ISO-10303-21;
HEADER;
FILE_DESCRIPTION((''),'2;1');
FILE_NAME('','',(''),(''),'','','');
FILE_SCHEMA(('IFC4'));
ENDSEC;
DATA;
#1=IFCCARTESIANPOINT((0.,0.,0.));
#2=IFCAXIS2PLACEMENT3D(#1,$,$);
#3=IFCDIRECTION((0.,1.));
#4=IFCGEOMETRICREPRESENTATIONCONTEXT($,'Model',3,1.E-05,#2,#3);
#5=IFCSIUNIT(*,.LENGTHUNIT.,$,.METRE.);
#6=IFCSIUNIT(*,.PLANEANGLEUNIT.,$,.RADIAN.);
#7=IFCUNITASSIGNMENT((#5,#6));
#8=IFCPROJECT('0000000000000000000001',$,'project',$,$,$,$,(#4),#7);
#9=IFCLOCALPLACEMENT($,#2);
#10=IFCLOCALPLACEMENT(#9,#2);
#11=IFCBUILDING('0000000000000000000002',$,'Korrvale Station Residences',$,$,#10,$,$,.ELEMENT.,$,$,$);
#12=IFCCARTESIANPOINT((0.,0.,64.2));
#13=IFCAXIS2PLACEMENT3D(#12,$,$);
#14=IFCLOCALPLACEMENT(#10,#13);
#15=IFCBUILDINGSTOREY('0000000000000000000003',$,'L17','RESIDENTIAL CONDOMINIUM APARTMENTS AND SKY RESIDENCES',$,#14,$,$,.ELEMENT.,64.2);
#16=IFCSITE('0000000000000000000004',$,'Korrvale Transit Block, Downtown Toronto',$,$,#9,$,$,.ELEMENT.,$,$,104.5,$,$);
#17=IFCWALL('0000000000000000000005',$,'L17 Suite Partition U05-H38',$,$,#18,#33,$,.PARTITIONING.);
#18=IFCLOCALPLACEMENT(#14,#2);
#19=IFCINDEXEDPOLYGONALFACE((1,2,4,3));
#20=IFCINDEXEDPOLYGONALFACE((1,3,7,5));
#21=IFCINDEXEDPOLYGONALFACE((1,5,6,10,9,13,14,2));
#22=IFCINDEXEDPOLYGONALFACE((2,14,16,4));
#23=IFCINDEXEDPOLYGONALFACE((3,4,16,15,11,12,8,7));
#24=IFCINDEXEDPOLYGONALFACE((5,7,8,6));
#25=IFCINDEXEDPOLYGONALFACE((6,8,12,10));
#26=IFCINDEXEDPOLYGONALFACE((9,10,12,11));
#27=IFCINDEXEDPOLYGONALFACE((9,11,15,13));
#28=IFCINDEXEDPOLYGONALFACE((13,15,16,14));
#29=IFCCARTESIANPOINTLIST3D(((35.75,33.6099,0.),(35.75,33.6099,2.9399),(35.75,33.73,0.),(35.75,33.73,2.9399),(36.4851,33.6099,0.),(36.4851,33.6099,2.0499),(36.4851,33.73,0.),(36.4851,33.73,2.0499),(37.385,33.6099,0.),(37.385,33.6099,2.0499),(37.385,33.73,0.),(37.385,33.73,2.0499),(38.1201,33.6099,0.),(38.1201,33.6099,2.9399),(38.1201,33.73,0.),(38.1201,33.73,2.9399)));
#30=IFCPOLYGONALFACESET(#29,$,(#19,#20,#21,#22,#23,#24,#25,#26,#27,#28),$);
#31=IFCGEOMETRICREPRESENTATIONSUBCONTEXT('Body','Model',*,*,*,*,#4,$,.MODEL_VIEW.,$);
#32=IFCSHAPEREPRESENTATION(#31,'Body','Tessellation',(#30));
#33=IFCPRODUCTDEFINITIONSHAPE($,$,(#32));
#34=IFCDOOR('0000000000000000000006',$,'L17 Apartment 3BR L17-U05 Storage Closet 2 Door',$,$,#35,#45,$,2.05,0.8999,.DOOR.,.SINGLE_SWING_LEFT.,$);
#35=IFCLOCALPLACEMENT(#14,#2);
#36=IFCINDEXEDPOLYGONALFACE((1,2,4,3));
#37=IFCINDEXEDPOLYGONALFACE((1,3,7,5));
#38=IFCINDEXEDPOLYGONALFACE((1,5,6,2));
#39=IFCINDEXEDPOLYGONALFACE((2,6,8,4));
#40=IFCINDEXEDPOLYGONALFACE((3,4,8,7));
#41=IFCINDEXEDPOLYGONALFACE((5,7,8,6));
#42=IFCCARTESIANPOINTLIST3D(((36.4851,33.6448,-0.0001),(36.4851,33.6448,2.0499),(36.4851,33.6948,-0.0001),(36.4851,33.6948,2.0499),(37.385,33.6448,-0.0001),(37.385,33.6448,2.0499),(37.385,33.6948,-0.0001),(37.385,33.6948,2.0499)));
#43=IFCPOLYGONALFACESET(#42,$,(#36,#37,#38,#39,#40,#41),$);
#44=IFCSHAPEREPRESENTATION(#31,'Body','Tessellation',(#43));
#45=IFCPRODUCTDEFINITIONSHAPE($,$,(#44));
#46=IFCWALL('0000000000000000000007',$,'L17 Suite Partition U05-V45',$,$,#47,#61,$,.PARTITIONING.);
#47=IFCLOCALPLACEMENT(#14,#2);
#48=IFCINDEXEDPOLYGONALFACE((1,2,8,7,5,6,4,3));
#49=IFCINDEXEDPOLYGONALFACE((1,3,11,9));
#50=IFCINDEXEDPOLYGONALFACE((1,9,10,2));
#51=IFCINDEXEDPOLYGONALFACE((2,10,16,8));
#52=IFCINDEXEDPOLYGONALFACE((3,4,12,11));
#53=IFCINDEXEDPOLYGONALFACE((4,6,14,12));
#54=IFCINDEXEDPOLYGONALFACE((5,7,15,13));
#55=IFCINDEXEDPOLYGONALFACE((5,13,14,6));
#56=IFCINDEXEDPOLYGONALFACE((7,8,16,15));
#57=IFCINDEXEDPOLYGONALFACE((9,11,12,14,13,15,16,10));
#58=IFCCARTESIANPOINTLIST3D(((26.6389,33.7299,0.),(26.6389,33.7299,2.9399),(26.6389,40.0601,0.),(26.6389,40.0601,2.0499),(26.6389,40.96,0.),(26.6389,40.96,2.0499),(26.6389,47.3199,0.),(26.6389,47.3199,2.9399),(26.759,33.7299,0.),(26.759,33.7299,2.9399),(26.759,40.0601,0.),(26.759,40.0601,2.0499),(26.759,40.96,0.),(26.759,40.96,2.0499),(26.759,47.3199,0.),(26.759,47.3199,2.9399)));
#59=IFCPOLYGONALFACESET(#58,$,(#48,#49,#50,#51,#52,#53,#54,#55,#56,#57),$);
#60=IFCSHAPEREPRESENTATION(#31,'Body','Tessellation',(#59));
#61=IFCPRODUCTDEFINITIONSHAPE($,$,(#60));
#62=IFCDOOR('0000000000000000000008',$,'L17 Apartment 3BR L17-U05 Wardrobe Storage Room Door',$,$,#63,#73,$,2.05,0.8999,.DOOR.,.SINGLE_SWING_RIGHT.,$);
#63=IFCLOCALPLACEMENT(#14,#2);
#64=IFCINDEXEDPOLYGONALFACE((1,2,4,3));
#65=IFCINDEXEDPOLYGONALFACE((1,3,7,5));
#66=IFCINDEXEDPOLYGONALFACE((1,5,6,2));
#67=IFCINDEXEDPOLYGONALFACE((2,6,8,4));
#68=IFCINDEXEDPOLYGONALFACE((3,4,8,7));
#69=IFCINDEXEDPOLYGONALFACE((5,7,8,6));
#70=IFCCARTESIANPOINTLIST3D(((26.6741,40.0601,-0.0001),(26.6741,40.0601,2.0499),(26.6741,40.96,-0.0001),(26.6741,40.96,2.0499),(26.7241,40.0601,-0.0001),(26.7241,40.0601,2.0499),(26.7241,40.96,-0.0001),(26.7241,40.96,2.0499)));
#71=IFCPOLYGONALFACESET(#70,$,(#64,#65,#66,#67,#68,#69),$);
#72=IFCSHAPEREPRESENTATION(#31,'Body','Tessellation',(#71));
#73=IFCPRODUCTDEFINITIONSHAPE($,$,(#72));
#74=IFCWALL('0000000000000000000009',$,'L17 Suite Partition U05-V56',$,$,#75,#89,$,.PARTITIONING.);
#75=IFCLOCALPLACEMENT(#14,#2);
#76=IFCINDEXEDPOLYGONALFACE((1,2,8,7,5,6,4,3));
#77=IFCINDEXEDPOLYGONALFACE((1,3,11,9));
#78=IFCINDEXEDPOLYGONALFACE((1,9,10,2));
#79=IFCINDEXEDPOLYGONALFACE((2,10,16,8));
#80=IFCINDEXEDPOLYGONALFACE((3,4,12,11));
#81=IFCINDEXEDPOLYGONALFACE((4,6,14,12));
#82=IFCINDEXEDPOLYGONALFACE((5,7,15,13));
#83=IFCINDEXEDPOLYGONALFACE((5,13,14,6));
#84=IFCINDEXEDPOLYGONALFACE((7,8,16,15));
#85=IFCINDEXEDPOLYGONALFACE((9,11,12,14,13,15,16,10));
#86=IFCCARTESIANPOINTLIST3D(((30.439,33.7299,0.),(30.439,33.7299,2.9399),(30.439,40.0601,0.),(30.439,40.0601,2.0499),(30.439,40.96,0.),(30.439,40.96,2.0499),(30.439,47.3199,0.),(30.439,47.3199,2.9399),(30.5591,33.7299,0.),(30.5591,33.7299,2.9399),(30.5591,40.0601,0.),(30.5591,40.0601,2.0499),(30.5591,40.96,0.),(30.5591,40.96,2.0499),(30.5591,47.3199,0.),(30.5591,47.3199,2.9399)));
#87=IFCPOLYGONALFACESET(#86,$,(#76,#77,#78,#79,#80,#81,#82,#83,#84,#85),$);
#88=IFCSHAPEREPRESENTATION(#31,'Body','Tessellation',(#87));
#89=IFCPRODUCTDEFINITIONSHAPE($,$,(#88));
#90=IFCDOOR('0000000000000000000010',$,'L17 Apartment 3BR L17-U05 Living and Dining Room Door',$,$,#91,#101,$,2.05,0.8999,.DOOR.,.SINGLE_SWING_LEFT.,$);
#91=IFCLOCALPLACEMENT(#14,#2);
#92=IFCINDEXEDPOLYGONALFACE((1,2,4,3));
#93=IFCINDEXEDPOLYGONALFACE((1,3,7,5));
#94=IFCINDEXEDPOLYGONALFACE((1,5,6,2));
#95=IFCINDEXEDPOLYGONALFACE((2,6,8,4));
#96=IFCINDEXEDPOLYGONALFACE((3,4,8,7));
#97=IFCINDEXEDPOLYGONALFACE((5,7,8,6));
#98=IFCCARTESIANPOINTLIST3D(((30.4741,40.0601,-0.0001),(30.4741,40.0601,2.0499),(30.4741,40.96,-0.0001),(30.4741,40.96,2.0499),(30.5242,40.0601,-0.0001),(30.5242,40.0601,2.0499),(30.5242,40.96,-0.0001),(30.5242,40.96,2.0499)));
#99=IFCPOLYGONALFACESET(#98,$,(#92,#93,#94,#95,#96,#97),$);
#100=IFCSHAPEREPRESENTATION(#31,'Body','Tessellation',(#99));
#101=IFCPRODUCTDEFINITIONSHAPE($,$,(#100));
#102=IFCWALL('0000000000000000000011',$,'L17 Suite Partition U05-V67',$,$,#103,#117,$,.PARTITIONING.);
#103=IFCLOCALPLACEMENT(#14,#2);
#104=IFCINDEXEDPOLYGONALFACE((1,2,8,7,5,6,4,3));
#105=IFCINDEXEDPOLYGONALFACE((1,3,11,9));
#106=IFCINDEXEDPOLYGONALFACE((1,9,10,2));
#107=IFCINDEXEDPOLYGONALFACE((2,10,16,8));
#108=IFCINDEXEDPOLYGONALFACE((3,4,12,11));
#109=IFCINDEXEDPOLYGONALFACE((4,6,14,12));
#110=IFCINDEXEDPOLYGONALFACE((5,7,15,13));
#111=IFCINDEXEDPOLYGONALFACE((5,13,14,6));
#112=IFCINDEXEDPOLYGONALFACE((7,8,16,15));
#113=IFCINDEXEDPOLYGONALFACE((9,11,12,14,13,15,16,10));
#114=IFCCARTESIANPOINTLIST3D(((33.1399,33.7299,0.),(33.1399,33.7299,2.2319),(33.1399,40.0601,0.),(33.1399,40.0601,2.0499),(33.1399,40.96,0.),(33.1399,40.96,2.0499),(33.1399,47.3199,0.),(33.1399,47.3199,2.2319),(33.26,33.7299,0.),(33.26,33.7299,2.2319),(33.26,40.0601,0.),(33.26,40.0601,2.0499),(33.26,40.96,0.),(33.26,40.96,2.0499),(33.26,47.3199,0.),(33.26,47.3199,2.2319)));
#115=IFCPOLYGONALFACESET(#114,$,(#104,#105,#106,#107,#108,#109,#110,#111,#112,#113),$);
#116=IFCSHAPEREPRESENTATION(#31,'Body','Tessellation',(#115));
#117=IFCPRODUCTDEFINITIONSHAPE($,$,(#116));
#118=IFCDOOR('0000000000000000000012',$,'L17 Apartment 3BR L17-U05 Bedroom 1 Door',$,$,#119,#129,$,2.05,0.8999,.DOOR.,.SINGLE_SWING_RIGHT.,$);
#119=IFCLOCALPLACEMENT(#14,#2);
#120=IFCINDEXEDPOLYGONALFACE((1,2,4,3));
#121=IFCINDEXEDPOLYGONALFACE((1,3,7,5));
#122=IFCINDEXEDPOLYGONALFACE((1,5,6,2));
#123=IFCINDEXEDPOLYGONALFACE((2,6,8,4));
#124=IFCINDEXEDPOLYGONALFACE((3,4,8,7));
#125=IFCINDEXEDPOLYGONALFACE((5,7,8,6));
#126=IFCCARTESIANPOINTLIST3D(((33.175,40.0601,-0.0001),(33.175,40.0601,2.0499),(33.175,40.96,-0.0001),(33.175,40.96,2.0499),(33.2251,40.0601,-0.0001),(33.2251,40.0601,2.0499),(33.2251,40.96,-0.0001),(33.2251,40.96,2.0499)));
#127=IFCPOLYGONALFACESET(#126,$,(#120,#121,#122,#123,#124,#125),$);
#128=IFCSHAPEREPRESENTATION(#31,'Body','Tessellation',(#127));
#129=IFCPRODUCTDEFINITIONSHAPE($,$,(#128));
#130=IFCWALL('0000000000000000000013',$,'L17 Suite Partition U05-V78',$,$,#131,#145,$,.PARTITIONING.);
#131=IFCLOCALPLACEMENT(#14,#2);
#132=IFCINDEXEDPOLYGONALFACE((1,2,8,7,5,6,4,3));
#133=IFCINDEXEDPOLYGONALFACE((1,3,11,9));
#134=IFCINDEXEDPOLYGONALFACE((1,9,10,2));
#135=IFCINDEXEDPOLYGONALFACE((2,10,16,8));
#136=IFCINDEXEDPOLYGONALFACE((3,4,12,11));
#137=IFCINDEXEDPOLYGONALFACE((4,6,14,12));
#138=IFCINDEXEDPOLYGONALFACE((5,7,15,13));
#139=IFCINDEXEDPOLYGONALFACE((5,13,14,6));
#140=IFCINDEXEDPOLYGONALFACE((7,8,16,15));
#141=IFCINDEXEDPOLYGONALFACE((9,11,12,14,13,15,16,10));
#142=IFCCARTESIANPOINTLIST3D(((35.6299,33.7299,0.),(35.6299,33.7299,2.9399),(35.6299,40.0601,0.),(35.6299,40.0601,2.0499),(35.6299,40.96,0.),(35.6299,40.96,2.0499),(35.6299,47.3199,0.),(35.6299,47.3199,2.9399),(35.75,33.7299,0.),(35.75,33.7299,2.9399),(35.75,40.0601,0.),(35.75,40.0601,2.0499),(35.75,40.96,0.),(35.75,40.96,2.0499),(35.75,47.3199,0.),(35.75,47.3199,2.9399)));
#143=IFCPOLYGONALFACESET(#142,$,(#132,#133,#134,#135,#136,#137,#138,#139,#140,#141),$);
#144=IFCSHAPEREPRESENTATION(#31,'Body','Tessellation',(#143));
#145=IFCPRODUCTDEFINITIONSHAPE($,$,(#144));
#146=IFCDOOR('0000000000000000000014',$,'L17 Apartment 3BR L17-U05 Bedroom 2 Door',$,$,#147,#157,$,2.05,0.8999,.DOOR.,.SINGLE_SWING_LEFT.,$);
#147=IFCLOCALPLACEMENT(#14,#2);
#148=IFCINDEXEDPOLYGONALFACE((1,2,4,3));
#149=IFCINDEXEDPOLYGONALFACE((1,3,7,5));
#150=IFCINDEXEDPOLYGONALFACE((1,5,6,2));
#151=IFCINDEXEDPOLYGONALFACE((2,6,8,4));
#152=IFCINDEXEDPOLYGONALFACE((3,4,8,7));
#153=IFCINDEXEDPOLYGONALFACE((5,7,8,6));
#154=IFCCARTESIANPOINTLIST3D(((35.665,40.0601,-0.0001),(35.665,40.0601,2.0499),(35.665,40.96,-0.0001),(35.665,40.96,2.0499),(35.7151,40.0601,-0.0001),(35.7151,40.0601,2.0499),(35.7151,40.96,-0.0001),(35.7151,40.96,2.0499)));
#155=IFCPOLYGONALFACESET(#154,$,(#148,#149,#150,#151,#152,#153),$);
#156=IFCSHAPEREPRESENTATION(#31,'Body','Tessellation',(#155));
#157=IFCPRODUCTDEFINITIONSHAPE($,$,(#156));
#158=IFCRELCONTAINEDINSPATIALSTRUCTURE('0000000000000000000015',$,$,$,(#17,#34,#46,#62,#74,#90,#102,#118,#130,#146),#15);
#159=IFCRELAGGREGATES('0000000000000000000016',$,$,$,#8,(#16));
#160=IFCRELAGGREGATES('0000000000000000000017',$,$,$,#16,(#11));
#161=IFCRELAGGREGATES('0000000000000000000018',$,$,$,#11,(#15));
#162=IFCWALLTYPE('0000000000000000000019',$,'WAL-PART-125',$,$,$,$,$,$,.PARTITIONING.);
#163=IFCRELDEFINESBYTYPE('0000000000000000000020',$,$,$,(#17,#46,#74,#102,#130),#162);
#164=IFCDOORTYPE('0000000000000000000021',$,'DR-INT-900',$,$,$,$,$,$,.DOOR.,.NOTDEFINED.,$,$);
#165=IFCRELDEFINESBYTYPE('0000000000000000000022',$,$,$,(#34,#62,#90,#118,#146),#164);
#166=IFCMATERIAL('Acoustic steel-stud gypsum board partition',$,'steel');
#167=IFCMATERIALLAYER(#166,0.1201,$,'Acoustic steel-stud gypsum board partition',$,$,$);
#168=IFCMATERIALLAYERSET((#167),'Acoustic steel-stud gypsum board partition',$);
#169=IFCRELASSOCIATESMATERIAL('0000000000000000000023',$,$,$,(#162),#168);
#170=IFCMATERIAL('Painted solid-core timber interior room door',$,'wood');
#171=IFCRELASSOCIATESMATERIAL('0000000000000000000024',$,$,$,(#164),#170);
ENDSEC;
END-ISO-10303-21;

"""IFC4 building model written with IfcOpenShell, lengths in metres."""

from ifc_helpers import new_model, si_unit, direction, frame, frame_2d, origin, place, context, subcontext, project, spatial, rectangle, extrude, material, layer, layer_set, type_object, element, fill, save


model = new_model("IFC4")

# Units and contexts
model_context = context("Model", 3, precision=1e-05, world=origin(), true_north=direction((0.0, 1.0)))
body_context = subcontext(model_context, "Body", "Model", "MODEL_VIEW")
ifc_project = project(units=[si_unit("LENGTHUNIT", "METRE"), si_unit("PLANEANGLEUNIT", "RADIAN")], contexts=[model_context])

# Site, building, storey
site_placement = place(None, origin())
site = spatial("IfcSite", under=ifc_project, at=site_placement, Name="Korrvale Transit Block, Downtown Toronto", CompositionType="ELEMENT", RefElevation=104.5)
building_placement = place(site_placement, origin())
building = spatial("IfcBuilding", under=site, at=building_placement, Name="Korrvale Station Residences", CompositionType="ELEMENT")
storey_placement = place(building_placement, frame((0.0, 0.0, 64.2)))
storey = spatial("IfcBuildingStorey", under=building, at=storey_placement, Name="L17", Description="RESIDENTIAL CONDOMINIUM APARTMENTS AND SKY RESIDENCES", CompositionType="ELEMENT", Elevation=64.2)

# Shared definitions
ifc_material_1 = material(Name="Acoustic steel-stud gypsum board partition", Category="steel")
ifc_layer = layer(ifc_material_1, 0.1201, Name="Acoustic steel-stud gypsum board partition")
ifc_layer_set = layer_set([ifc_layer], Name="Acoustic steel-stud gypsum board partition")
wall_type = type_object("IfcWallType", Name="WAL-PART-125", PredefinedType="PARTITIONING", material=ifc_layer_set)
ifc_material_2 = material(Name="Painted solid-core timber interior room door", Category="wood")
door_type = type_object("IfcDoorType", Name="DR-INT-900", OperationType="NOTDEFINED", PredefinedType="DOOR", material=ifc_material_2)

# Walls, openings, doors
wall_1_placement = place(storey_placement, frame((35.75, 33.6699, 0.0), z_axis=(0.0, 0.0, 1.0), x_axis=(1.0, 0.0, 0.0)))
wall_1 = element("IfcWall", 1, at=wall_1_placement, inside=storey, type_object=wall_type, Name="L17 Suite Partition U05-H38", PredefinedType="PARTITIONING", context=body_context, shape_type="SweptSolid", body=[
    extrude(rectangle(XDim=2.3701, YDim=0.1201, at=frame_2d((1.1851, 0.0))), origin(), (0.0, 0.0, 1.0), 2.9399),
])
opening_1_placement = place(wall_1_placement, frame((0.7351, 0.0, 0.0)))
opening_1 = element("IfcOpeningElement", 2, at=opening_1_placement, cuts=wall_1, PredefinedType="OPENING", context=body_context, shape_type="SweptSolid", body=[
    extrude(rectangle(XDim=0.8999, YDim=2.05, at=frame_2d((0.45, 1.0249))), frame((0.0, 0.0701, 0.0), z_axis=(0.0, -1.0, 0.0), x_axis=(1.0, 0.0, 0.0)), (0.0, 0.0, 1.0), 0.1401),
])
door_1_placement = place(opening_1_placement, origin())
door_1 = element("IfcDoor", 3, at=door_1_placement, inside=storey, type_object=door_type, Name="L17 Apartment 3BR L17-U05 Storage Closet 2 Door", OperationType="SINGLE_SWING_LEFT", OverallHeight=2.05, OverallWidth=0.8999, PredefinedType="DOOR", context=body_context, shape_type="SweptSolid", body=[
    extrude(rectangle(XDim=0.8999, YDim=2.05, at=frame_2d((0.45, 1.0249))), frame((0.0, 0.0249, 0.0), z_axis=(0.0, -1.0, 0.0), x_axis=(1.0, 0.0, 0.0)), (0.0, 0.0, 1.0), 0.05),
])
fill(opening_1, door_1)
wall_2_placement = place(storey_placement, frame((26.699, 33.73, 0.0), z_axis=(0.0, 0.0, 1.0), x_axis=(0.0, 1.0, 0.0)))
wall_2 = element("IfcWall", 4, at=wall_2_placement, inside=storey, type_object=wall_type, Name="L17 Suite Partition U05-V45", PredefinedType="PARTITIONING", context=body_context, shape_type="SweptSolid", body=[
    extrude(rectangle(XDim=13.5901, YDim=0.1201, at=frame_2d((6.7949, 0.0))), origin(), (0.0, 0.0, 1.0), 2.9399),
])
opening_2_placement = place(wall_2_placement, frame((6.3301, 0.0, 0.0)))
opening_2 = element("IfcOpeningElement", 5, at=opening_2_placement, cuts=wall_2, PredefinedType="OPENING", context=body_context, shape_type="SweptSolid", body=[
    extrude(rectangle(XDim=0.8999, YDim=2.05, at=frame_2d((0.45, 1.0249))), frame((0.0, 0.0701, 0.0), z_axis=(0.0, -1.0, 0.0), x_axis=(1.0, 0.0, 0.0)), (0.0, 0.0, 1.0), 0.1401),
])
door_2_placement = place(opening_2_placement, origin())
door_2 = element("IfcDoor", 6, at=door_2_placement, inside=storey, type_object=door_type, Name="L17 Apartment 3BR L17-U05 Wardrobe Storage Room Door", OperationType="SINGLE_SWING_RIGHT", OverallHeight=2.05, OverallWidth=0.8999, PredefinedType="DOOR", context=body_context, shape_type="SweptSolid", body=[
    extrude(rectangle(XDim=0.8999, YDim=2.05, at=frame_2d((0.45, 1.0249))), frame((0.0, 0.0249, 0.0), z_axis=(0.0, -1.0, 0.0), x_axis=(1.0, 0.0, 0.0)), (0.0, 0.0, 1.0), 0.05),
])
fill(opening_2, door_2)
wall_3_placement = place(storey_placement, frame((30.499, 33.73, 0.0), z_axis=(0.0, 0.0, 1.0), x_axis=(0.0, 1.0, 0.0)))
wall_3 = element("IfcWall", 7, at=wall_3_placement, inside=storey, type_object=wall_type, Name="L17 Suite Partition U05-V56", PredefinedType="PARTITIONING", context=body_context, shape_type="SweptSolid", body=[
    extrude(rectangle(XDim=13.5901, YDim=0.1201, at=frame_2d((6.7949, 0.0))), origin(), (0.0, 0.0, 1.0), 2.9399),
])
opening_3_placement = place(wall_3_placement, frame((6.3301, 0.0, 0.0)))
opening_3 = element("IfcOpeningElement", 8, at=opening_3_placement, cuts=wall_3, PredefinedType="OPENING", context=body_context, shape_type="SweptSolid", body=[
    extrude(rectangle(XDim=0.8999, YDim=2.05, at=frame_2d((0.45, 1.0249))), frame((0.0, 0.0701, 0.0), z_axis=(0.0, -1.0, 0.0), x_axis=(1.0, 0.0, 0.0)), (0.0, 0.0, 1.0), 0.1401),
])
door_3_placement = place(opening_3_placement, origin())
door_3 = element("IfcDoor", 9, at=door_3_placement, inside=storey, type_object=door_type, Name="L17 Apartment 3BR L17-U05 Living and Dining Room Door", OperationType="SINGLE_SWING_LEFT", OverallHeight=2.05, OverallWidth=0.8999, PredefinedType="DOOR", context=body_context, shape_type="SweptSolid", body=[
    extrude(rectangle(XDim=0.8999, YDim=2.05, at=frame_2d((0.45, 1.0249))), frame((0.0, 0.0249, 0.0), z_axis=(0.0, -1.0, 0.0), x_axis=(1.0, 0.0, 0.0)), (0.0, 0.0, 1.0), 0.05),
])
fill(opening_3, door_3)
wall_4_placement = place(storey_placement, frame((33.2, 33.73, 0.0), z_axis=(0.0, 0.0, 1.0), x_axis=(0.0, 1.0, 0.0)))
wall_4 = element("IfcWall", 10, at=wall_4_placement, inside=storey, type_object=wall_type, Name="L17 Suite Partition U05-V67", PredefinedType="PARTITIONING", context=body_context, shape_type="SweptSolid", body=[
    extrude(rectangle(XDim=13.5901, YDim=0.1201, at=frame_2d((6.7949, 0.0))), origin(), (0.0, 0.0, 1.0), 2.2319),
])
opening_4_placement = place(wall_4_placement, frame((6.3301, 0.0, 0.0)))
opening_4 = element("IfcOpeningElement", 11, at=opening_4_placement, cuts=wall_4, PredefinedType="OPENING", context=body_context, shape_type="SweptSolid", body=[
    extrude(rectangle(XDim=0.8999, YDim=2.05, at=frame_2d((0.45, 1.0249))), frame((0.0, 0.0701, 0.0), z_axis=(0.0, -1.0, 0.0), x_axis=(1.0, 0.0, 0.0)), (0.0, 0.0, 1.0), 0.1401),
])
door_4_placement = place(opening_4_placement, origin())
door_4 = element("IfcDoor", 12, at=door_4_placement, inside=storey, type_object=door_type, Name="L17 Apartment 3BR L17-U05 Bedroom 1 Door", OperationType="SINGLE_SWING_RIGHT", OverallHeight=2.05, OverallWidth=0.8999, PredefinedType="DOOR", context=body_context, shape_type="SweptSolid", body=[
    extrude(rectangle(XDim=0.8999, YDim=2.05, at=frame_2d((0.45, 1.0249))), frame((0.0, 0.0249, 0.0), z_axis=(0.0, -1.0, 0.0), x_axis=(1.0, 0.0, 0.0)), (0.0, 0.0, 1.0), 0.05),
])
fill(opening_4, door_4)
wall_5_placement = place(storey_placement, frame((35.6899, 33.73, 0.0), z_axis=(0.0, 0.0, 1.0), x_axis=(0.0, 1.0, 0.0)))
wall_5 = element("IfcWall", 13, at=wall_5_placement, inside=storey, type_object=wall_type, Name="L17 Suite Partition U05-V78", PredefinedType="PARTITIONING", context=body_context, shape_type="SweptSolid", body=[
    extrude(rectangle(XDim=13.5901, YDim=0.1201, at=frame_2d((6.7949, 0.0))), origin(), (0.0, 0.0, 1.0), 2.9399),
])
opening_5_placement = place(wall_5_placement, frame((6.3301, 0.0, 0.0)))
opening_5 = element("IfcOpeningElement", 14, at=opening_5_placement, cuts=wall_5, PredefinedType="OPENING", context=body_context, shape_type="SweptSolid", body=[
    extrude(rectangle(XDim=0.8999, YDim=2.05, at=frame_2d((0.45, 1.0249))), frame((0.0, 0.0701, 0.0), z_axis=(0.0, -1.0, 0.0), x_axis=(1.0, 0.0, 0.0)), (0.0, 0.0, 1.0), 0.1401),
])
door_5_placement = place(opening_5_placement, origin())
door_5 = element("IfcDoor", 15, at=door_5_placement, inside=storey, type_object=door_type, Name="L17 Apartment 3BR L17-U05 Bedroom 2 Door", OperationType="SINGLE_SWING_LEFT", OverallHeight=2.05, OverallWidth=0.8999, PredefinedType="DOOR", context=body_context, shape_type="SweptSolid", body=[
    extrude(rectangle(XDim=0.8999, YDim=2.05, at=frame_2d((0.45, 1.0249))), frame((0.0, 0.0249, 0.0), z_axis=(0.0, -1.0, 0.0), x_axis=(1.0, 0.0, 0.0)), (0.0, 0.0, 1.0), 0.05),
])
fill(opening_5, door_5)

save(model, "model.ifc")
